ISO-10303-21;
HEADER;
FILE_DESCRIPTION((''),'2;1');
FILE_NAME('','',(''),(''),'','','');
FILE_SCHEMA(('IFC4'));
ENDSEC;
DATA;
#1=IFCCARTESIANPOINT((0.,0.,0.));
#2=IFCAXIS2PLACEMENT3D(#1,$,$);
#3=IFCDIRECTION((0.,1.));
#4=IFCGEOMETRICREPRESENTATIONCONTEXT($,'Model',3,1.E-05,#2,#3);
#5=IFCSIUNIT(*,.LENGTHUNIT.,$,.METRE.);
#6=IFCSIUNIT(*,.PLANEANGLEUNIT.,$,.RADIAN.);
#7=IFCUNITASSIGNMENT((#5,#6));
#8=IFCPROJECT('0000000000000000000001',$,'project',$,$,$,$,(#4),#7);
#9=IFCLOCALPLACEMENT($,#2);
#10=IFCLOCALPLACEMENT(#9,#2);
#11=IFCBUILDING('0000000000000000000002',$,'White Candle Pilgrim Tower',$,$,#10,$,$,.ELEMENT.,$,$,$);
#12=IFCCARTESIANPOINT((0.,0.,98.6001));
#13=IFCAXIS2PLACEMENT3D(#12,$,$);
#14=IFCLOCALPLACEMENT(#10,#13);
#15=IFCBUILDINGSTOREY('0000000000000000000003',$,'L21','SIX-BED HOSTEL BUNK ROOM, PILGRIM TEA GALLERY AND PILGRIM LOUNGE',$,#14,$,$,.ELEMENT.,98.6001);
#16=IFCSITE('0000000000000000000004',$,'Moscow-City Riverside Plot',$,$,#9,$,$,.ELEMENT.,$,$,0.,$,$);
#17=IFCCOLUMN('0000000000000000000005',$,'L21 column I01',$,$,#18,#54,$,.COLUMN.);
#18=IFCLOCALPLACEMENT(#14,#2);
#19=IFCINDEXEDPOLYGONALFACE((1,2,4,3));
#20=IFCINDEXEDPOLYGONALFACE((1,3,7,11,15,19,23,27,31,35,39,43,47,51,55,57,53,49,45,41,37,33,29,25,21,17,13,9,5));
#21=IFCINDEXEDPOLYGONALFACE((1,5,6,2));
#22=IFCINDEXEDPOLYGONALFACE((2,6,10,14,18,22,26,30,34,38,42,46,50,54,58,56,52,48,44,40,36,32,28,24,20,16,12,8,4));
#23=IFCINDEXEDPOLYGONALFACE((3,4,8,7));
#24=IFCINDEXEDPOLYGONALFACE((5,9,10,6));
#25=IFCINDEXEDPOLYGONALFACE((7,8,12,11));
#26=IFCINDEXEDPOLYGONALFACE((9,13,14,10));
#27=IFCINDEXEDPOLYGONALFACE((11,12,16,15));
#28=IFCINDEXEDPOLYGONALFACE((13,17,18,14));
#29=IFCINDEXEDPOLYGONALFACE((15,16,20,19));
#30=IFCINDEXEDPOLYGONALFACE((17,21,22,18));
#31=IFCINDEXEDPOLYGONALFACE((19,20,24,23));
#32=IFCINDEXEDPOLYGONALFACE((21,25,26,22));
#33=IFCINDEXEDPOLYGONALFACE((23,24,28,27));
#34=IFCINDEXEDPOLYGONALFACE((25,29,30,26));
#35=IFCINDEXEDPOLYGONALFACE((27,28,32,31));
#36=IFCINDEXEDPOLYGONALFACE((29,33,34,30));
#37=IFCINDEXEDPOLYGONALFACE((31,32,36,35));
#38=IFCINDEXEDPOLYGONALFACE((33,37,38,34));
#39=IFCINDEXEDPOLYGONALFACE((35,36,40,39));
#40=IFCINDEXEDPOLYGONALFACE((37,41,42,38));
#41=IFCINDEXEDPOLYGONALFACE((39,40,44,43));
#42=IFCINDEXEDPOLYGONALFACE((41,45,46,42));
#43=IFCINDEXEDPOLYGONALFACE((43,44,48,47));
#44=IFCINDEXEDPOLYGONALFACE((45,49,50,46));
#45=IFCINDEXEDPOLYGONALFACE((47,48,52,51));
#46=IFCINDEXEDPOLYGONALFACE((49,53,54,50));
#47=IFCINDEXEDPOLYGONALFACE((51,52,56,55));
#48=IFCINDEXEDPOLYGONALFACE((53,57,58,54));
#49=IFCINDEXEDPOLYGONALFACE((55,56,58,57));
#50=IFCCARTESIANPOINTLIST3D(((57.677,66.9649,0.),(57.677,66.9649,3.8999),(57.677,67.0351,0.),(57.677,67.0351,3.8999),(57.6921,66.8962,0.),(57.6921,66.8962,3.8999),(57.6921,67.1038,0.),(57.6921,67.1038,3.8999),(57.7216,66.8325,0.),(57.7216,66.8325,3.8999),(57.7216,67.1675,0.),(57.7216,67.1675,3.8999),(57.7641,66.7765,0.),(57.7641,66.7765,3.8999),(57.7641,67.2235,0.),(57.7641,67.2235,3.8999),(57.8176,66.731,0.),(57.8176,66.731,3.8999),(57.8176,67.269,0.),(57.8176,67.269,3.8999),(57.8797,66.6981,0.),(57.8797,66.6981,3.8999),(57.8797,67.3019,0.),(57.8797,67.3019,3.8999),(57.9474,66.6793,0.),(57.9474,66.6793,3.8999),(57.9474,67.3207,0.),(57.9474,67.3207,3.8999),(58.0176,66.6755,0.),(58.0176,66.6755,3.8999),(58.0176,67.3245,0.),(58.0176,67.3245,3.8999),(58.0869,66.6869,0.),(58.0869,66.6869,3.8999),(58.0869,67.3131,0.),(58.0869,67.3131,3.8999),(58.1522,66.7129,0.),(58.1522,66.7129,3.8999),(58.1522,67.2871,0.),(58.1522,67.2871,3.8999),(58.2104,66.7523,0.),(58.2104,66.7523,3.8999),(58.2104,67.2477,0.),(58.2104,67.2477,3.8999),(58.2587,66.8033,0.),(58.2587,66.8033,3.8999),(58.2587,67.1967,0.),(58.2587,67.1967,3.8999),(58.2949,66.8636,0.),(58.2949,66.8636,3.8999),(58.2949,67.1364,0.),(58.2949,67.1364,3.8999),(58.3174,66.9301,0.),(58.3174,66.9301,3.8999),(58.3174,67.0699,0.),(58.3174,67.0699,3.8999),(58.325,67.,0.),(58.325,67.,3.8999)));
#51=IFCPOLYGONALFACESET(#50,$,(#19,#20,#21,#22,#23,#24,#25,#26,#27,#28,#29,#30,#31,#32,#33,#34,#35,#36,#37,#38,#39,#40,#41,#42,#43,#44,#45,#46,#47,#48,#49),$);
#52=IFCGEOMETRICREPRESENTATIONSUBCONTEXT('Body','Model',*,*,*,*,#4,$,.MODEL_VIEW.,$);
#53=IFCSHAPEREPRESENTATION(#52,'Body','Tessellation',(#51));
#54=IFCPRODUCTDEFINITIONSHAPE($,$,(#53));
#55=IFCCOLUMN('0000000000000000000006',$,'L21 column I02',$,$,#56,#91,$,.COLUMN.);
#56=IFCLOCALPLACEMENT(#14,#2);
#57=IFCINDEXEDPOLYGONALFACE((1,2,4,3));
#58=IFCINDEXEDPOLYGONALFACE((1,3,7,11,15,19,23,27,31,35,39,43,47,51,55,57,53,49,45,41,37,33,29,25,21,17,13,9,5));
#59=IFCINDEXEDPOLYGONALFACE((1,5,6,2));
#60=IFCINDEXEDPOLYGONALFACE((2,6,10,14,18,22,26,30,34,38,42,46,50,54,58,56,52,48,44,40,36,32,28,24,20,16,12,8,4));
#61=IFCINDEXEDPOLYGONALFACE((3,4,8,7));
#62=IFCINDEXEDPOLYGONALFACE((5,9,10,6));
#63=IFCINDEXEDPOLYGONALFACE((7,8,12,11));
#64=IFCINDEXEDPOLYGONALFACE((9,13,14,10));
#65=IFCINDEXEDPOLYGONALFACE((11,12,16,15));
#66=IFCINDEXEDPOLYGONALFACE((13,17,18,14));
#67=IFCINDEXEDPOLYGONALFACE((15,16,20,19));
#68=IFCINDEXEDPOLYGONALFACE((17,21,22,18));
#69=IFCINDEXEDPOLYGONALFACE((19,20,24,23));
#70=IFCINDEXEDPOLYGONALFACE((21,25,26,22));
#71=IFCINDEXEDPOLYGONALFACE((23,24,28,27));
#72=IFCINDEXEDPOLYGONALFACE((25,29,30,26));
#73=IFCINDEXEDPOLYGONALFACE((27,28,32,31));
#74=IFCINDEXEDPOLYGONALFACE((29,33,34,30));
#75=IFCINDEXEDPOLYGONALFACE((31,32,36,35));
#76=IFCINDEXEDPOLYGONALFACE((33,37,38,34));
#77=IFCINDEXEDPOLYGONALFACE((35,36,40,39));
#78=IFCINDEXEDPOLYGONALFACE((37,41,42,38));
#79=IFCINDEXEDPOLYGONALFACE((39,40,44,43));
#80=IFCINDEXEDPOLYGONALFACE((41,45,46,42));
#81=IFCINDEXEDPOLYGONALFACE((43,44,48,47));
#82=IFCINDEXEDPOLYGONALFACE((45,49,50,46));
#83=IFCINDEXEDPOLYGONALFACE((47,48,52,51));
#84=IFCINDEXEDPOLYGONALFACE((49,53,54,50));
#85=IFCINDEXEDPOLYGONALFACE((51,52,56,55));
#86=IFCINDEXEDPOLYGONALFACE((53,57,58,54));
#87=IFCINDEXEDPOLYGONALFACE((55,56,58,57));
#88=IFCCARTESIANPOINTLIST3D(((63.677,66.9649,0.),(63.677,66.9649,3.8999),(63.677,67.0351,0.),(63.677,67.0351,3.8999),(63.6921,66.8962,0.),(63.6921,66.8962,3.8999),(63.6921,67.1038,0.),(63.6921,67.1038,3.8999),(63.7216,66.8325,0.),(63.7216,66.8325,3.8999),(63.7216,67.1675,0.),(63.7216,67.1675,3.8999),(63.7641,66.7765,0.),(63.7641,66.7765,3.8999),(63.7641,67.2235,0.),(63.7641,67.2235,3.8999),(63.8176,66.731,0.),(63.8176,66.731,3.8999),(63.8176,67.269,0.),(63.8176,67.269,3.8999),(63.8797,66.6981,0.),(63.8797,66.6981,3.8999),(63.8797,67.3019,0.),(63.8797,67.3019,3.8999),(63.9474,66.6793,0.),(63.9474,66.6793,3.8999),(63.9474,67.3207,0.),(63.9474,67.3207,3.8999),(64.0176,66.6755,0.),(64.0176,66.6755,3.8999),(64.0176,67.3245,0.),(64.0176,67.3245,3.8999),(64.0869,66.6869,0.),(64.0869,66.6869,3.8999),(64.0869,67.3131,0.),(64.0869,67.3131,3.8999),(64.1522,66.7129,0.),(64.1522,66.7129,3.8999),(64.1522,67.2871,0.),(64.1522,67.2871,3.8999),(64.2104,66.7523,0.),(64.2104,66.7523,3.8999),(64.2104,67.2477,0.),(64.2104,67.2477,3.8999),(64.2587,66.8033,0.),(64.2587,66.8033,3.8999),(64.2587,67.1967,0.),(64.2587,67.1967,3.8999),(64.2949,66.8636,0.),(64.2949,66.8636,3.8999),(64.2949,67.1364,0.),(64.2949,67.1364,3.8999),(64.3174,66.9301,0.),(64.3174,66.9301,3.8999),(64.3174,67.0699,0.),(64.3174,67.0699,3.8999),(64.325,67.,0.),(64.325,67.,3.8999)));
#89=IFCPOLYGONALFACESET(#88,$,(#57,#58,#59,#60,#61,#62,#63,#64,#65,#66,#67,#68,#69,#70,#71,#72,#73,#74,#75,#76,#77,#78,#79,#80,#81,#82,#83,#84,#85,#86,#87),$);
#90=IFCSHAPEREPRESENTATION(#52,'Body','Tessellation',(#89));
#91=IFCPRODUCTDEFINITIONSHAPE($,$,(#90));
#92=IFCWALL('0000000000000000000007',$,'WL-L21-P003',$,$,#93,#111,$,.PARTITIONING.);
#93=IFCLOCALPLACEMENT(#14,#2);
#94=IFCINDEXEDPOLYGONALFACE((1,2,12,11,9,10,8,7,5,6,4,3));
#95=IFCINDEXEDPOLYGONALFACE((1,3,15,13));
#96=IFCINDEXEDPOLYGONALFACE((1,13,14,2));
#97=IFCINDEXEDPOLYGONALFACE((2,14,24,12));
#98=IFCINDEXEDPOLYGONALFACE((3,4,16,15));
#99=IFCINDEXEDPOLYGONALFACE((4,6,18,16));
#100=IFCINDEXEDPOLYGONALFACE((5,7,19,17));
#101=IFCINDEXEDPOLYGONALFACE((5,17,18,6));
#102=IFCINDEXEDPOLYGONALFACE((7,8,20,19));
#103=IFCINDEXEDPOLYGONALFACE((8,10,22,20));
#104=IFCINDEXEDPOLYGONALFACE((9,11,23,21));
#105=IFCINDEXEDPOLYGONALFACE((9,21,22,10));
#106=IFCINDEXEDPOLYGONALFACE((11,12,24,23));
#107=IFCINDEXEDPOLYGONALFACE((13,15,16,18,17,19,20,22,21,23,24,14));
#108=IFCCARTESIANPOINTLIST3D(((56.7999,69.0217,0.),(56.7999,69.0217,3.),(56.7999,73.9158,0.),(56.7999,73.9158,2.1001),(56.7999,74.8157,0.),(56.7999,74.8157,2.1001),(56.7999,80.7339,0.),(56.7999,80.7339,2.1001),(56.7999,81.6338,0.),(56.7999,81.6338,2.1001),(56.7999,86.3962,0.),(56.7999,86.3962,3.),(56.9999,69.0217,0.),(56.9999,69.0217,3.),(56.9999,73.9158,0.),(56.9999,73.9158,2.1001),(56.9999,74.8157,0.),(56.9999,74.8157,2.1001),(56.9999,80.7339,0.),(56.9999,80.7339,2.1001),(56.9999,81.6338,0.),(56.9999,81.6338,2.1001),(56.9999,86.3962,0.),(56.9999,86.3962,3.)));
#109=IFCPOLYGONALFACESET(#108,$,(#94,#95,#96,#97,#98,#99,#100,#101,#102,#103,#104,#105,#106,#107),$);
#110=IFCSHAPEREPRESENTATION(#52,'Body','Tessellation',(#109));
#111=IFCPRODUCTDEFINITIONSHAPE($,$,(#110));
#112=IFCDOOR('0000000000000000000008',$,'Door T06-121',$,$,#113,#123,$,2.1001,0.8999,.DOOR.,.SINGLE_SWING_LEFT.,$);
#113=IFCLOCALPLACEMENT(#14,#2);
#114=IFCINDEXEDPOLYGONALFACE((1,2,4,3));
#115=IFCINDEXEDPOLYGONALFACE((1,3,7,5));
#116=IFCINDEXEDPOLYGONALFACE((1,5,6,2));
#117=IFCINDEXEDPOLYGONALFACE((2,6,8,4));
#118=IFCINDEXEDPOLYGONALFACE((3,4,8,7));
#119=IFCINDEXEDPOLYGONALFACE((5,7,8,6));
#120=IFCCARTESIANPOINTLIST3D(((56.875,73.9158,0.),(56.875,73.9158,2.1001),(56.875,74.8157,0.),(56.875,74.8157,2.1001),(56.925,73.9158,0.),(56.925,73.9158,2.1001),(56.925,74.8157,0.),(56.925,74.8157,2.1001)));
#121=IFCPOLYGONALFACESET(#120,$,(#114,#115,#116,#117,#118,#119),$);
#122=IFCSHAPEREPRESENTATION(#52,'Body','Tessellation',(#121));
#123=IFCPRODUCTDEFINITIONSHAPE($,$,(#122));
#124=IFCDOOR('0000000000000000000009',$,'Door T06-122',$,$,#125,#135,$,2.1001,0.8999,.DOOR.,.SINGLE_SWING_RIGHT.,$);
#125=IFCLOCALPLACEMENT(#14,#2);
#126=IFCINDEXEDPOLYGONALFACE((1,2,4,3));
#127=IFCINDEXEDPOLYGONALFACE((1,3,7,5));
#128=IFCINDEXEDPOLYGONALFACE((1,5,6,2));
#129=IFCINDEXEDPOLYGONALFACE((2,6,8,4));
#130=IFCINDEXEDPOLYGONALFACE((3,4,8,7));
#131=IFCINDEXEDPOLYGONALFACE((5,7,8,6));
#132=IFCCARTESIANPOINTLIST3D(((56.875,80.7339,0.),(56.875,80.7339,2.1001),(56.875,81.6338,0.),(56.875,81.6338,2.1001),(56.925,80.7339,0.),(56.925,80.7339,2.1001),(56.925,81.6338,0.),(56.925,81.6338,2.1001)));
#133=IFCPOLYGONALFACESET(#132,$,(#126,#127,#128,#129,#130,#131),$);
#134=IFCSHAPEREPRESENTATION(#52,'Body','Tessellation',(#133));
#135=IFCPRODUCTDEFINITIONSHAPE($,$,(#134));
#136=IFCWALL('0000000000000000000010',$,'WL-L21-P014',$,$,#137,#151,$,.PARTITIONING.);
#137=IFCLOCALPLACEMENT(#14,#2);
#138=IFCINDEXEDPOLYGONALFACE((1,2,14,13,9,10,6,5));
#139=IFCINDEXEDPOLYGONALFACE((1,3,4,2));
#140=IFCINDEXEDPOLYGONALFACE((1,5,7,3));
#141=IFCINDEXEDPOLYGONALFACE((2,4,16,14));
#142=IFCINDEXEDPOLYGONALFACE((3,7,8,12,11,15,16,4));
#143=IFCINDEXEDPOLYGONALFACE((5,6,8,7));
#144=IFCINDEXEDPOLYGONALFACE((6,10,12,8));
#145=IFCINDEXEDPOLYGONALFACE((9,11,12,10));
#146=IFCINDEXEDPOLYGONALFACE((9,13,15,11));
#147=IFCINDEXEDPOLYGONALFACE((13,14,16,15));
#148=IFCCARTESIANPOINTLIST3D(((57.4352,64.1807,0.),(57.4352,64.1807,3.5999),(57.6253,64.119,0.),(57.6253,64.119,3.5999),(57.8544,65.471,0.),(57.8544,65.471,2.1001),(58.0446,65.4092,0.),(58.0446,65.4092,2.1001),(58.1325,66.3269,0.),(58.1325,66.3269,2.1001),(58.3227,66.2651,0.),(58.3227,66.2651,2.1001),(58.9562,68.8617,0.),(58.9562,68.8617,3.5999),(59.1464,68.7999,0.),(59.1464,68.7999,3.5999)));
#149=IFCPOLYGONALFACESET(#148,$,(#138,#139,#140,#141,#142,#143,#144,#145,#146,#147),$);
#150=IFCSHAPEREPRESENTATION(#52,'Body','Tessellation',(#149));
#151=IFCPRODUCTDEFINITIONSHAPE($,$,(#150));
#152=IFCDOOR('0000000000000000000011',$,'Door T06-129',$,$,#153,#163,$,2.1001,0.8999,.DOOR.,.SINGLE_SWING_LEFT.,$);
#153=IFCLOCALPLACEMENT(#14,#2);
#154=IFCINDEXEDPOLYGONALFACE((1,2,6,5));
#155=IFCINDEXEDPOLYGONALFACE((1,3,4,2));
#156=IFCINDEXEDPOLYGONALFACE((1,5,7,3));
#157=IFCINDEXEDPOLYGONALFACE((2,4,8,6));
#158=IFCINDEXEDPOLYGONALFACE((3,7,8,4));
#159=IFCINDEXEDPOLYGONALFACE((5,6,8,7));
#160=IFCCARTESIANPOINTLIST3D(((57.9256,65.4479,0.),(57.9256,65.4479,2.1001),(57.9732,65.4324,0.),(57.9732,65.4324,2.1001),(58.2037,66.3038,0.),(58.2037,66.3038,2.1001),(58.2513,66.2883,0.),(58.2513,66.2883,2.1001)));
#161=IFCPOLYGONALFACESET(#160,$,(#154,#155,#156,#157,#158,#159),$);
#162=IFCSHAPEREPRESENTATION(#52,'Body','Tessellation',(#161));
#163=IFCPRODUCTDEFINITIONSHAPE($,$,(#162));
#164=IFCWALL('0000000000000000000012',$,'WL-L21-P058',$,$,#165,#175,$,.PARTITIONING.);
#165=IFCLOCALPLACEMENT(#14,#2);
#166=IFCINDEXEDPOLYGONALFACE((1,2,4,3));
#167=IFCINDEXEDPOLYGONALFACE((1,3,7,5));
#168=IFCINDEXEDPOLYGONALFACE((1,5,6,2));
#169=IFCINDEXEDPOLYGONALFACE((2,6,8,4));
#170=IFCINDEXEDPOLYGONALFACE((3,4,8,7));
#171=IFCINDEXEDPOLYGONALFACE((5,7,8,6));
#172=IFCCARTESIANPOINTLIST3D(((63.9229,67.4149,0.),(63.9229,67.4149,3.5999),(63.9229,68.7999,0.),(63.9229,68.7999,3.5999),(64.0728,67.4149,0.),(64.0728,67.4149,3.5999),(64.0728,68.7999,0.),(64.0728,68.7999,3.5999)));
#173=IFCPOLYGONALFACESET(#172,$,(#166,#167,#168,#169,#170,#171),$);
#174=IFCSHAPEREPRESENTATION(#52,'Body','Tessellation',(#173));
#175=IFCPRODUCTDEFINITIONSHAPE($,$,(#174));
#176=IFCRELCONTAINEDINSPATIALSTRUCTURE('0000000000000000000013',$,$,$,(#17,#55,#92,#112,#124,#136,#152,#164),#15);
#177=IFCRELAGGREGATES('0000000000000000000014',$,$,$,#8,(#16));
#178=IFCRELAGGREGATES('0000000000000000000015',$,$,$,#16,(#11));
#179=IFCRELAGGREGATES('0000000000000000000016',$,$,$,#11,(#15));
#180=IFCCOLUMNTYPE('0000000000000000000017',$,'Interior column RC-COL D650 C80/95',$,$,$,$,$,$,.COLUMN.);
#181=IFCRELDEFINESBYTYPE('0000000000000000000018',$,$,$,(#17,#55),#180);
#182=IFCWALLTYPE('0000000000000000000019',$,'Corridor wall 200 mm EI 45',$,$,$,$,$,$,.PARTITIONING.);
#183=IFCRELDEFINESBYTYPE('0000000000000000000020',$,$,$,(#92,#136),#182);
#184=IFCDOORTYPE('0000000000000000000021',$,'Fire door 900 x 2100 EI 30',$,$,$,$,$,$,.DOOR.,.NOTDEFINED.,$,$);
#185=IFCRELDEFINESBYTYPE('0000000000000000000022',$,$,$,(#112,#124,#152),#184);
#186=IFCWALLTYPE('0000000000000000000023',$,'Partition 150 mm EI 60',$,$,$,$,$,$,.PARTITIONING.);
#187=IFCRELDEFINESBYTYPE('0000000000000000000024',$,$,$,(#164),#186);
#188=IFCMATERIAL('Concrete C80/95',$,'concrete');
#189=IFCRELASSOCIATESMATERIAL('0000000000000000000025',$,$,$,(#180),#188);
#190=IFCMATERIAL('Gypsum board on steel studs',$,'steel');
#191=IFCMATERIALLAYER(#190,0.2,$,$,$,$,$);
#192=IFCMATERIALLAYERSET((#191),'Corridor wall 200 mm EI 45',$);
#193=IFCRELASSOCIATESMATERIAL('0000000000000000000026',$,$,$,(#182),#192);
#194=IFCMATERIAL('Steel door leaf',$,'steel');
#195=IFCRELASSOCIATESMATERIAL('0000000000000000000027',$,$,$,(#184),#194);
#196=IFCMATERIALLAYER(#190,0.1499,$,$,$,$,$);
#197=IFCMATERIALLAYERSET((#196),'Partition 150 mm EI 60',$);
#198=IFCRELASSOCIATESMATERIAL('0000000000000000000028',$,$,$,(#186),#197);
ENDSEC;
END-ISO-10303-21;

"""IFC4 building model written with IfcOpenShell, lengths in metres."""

from ifc_helpers import new_model, si_unit, direction, frame, frame_2d, origin, origin_2d, place, context, subcontext, project, spatial, rectangle, circle, extrude, material, layer, layer_set, material_profile, profile_set, type_object, element, fill, save


model = new_model("IFC4")

# Units and contexts
model_context = context("Model", 3, precision=1e-05, world=origin(), true_north=direction((0.0, 1.0)))
body_context = subcontext(model_context, "Body", "Model", "MODEL_VIEW")
ifc_project = project(units=[si_unit("LENGTHUNIT", "METRE"), si_unit("PLANEANGLEUNIT", "RADIAN")], contexts=[model_context])

# Site, building, storey
site_placement = place(None, origin())
site = spatial("IfcSite", under=ifc_project, at=site_placement, Name="Moscow-City Riverside Plot", CompositionType="ELEMENT", RefElevation=0.0)
building_placement = place(site_placement, origin())
building = spatial("IfcBuilding", under=site, at=building_placement, Name="White Candle Pilgrim Tower", CompositionType="ELEMENT")
storey_placement = place(building_placement, frame((0.0, 0.0, 98.6001)))
storey = spatial("IfcBuildingStorey", under=building, at=storey_placement, Name="L21", Description="SIX-BED HOSTEL BUNK ROOM, PILGRIM TEA GALLERY AND PILGRIM LOUNGE", CompositionType="ELEMENT", Elevation=98.6001)

# Columns
ifc_material_1 = material(Name="Concrete C80/95", Category="concrete")
ifc_material_profile = material_profile(ifc_material_1, circle(Radius=0.325, at=origin_2d()), Name="RC-COL D650")
ifc_profile_set = profile_set([ifc_material_profile], Name="Concrete C80/95")
column_type = type_object("IfcColumnType", Name="Interior column RC-COL D650 C80/95", PredefinedType="COLUMN", material=ifc_profile_set)
for number, where, z_axis, x_axis, name in (
    (1, (58.0, 67.0, 0.0), (0.0, 0.0, 1.0), (1.0, 0.0, 0.0), "L21 column I01"),
    (2, (64.0, 67.0, 0.0), (0.0, 0.0, 1.0), (1.0, 0.0, 0.0), "L21 column I02"),
):
    element("IfcColumn", number, at=place(storey_placement, frame(where, z_axis=z_axis, x_axis=x_axis)), inside=storey, type_object=column_type, Name=name, PredefinedType="COLUMN", context=body_context, shape_type="SweptSolid", body=[
        extrude(circle(Radius=0.325, at=origin_2d()), origin(), (0.0, 0.0, 1.0), 3.8999),
    ])

# Wall, openings, doors
ifc_material_2 = material(Name="Gypsum board on steel studs", Category="steel")
ifc_layer_1 = layer(ifc_material_2, 0.2)
ifc_layer_set_1 = layer_set([ifc_layer_1], Name="Corridor wall 200 mm EI 45")
wall_type_1 = type_object("IfcWallType", Name="Corridor wall 200 mm EI 45", PredefinedType="PARTITIONING", material=ifc_layer_set_1)
wall_1_placement = place(storey_placement, frame((56.8999, 69.0217, 0.0), z_axis=(0.0, 0.0, 1.0), x_axis=(0.0, 1.0, 0.0)))
wall_1 = element("IfcWall", 3, at=wall_1_placement, inside=storey, type_object=wall_type_1, Name="WL-L21-P003", PredefinedType="PARTITIONING", context=body_context, shape_type="SweptSolid", body=[
    extrude(rectangle(XDim=17.3745, YDim=0.2, at=frame_2d((8.6873, 0.0))), origin(), (0.0, 0.0, 1.0), 3.0),
])
opening_1_placement = place(wall_1_placement, frame((4.894, 0.0, 0.0)))
opening_1 = element("IfcOpeningElement", 4, at=opening_1_placement, cuts=wall_1, PredefinedType="OPENING", context=body_context, shape_type="SweptSolid", body=[
    extrude(rectangle(XDim=0.8999, YDim=2.1001, at=frame_2d((0.45, 1.05))), frame((0.0, 0.1099, 0.0), z_axis=(0.0, -1.0, 0.0), x_axis=(1.0, 0.0, 0.0)), (0.0, 0.0, 1.0), 0.22),
])
opening_2_placement = place(wall_1_placement, frame((11.7122, 0.0, 0.0)))
opening_2 = element("IfcOpeningElement", 5, at=opening_2_placement, cuts=wall_1, PredefinedType="OPENING", context=body_context, shape_type="SweptSolid", body=[
    extrude(rectangle(XDim=0.8999, YDim=2.1001, at=frame_2d((0.45, 1.05))), frame((0.0, 0.1099, 0.0), z_axis=(0.0, -1.0, 0.0), x_axis=(1.0, 0.0, 0.0)), (0.0, 0.0, 1.0), 0.22),
])
ifc_material_3 = material(Name="Steel door leaf", Category="steel")
door_type_1 = type_object("IfcDoorType", Name="Fire door 900 x 2100 EI 30", OperationType="NOTDEFINED", PredefinedType="DOOR", material=ifc_material_3)
door_1_placement = place(opening_1_placement, origin())
door_1 = element("IfcDoor", 6, at=door_1_placement, inside=storey, type_object=door_type_1, Name="Door T06-121", OperationType="SINGLE_SWING_LEFT", OverallHeight=2.1001, OverallWidth=0.8999, PredefinedType="DOOR", context=body_context, shape_type="SweptSolid", body=[
    extrude(rectangle(XDim=0.8999, YDim=2.1001, at=frame_2d((0.45, 1.05))), frame((0.0, 0.0249, 0.0), z_axis=(0.0, -1.0, 0.0), x_axis=(1.0, 0.0, 0.0)), (0.0, 0.0, 1.0), 0.05),
])
fill(opening_1, door_1)
door_2_placement = place(opening_2_placement, origin())
door_2 = element("IfcDoor", 7, at=door_2_placement, inside=storey, type_object=door_type_1, Name="Door T06-122", OperationType="SINGLE_SWING_RIGHT", OverallHeight=2.1001, OverallWidth=0.8999, PredefinedType="DOOR", context=body_context, shape_type="SweptSolid", body=[
    extrude(rectangle(XDim=0.8999, YDim=2.1001, at=frame_2d((0.45, 1.05))), frame((0.0, 0.0249, 0.0), z_axis=(0.0, -1.0, 0.0), x_axis=(1.0, 0.0, 0.0)), (0.0, 0.0, 1.0), 0.05),
])
fill(opening_2, door_2)

# Wall, opening, door
wall_2_placement = place(storey_placement, frame((59.0513, 68.8308, 0.0), z_axis=(0.0, 0.0, 1.0), x_axis=(-0.309031, -0.951052, 0.0)))
wall_2 = element("IfcWall", 8, at=wall_2_placement, inside=storey, type_object=wall_type_1, Name="WL-L21-P014", PredefinedType="PARTITIONING", context=body_context, shape_type="SweptSolid", body=[
    extrude(rectangle(XDim=4.9219, YDim=0.2, at=frame_2d((2.4609, 0.0))), origin(), (0.0, 0.0, 1.0), 3.5999),
])
opening_3_placement = place(wall_2_placement, frame((2.6653, 0.0, 0.0)))
opening_3 = element("IfcOpeningElement", 9, at=opening_3_placement, cuts=wall_2, PredefinedType="OPENING", context=body_context, shape_type="SweptSolid", body=[
    extrude(rectangle(XDim=0.8999, YDim=2.1001, at=frame_2d((0.45, 1.05))), frame((0.0, 0.1099, 0.0), z_axis=(0.0, -1.0, 0.0), x_axis=(1.0, 0.0, 0.0)), (0.0, 0.0, 1.0), 0.22),
])
door_3_placement = place(opening_3_placement, origin())
door_3 = element("IfcDoor", 10, at=door_3_placement, inside=storey, type_object=door_type_1, Name="Door T06-129", OperationType="SINGLE_SWING_LEFT", OverallHeight=2.1001, OverallWidth=0.8999, PredefinedType="DOOR", context=body_context, shape_type="SweptSolid", body=[
    extrude(rectangle(XDim=0.8999, YDim=2.1001, at=frame_2d((0.45, 1.05))), frame((0.0, 0.0249, 0.0), z_axis=(0.0, -1.0, 0.0), x_axis=(1.0, 0.0, 0.0)), (0.0, 0.0, 1.0), 0.05),
])
fill(opening_3, door_3)

# Wall
ifc_layer_2 = layer(ifc_material_2, 0.1499)
ifc_layer_set_2 = layer_set([ifc_layer_2], Name="Partition 150 mm EI 60")
wall_type_2 = type_object("IfcWallType", Name="Partition 150 mm EI 60", PredefinedType="PARTITIONING", material=ifc_layer_set_2)
wall_3_placement = place(storey_placement, frame((63.9978, 67.415, 0.0), z_axis=(0.0, 0.0, 1.0), x_axis=(0.0, 1.0, 0.0)))
element("IfcWall", 11, at=wall_3_placement, inside=storey, type_object=wall_type_2, Name="WL-L21-P058", PredefinedType="PARTITIONING", context=body_context, shape_type="SweptSolid", body=[
    extrude(rectangle(XDim=1.385, YDim=0.1499, at=frame_2d((0.6924, 0.0))), origin(), (0.0, 0.0, 1.0), 3.5999),
])

save(model, "model.ifc")
